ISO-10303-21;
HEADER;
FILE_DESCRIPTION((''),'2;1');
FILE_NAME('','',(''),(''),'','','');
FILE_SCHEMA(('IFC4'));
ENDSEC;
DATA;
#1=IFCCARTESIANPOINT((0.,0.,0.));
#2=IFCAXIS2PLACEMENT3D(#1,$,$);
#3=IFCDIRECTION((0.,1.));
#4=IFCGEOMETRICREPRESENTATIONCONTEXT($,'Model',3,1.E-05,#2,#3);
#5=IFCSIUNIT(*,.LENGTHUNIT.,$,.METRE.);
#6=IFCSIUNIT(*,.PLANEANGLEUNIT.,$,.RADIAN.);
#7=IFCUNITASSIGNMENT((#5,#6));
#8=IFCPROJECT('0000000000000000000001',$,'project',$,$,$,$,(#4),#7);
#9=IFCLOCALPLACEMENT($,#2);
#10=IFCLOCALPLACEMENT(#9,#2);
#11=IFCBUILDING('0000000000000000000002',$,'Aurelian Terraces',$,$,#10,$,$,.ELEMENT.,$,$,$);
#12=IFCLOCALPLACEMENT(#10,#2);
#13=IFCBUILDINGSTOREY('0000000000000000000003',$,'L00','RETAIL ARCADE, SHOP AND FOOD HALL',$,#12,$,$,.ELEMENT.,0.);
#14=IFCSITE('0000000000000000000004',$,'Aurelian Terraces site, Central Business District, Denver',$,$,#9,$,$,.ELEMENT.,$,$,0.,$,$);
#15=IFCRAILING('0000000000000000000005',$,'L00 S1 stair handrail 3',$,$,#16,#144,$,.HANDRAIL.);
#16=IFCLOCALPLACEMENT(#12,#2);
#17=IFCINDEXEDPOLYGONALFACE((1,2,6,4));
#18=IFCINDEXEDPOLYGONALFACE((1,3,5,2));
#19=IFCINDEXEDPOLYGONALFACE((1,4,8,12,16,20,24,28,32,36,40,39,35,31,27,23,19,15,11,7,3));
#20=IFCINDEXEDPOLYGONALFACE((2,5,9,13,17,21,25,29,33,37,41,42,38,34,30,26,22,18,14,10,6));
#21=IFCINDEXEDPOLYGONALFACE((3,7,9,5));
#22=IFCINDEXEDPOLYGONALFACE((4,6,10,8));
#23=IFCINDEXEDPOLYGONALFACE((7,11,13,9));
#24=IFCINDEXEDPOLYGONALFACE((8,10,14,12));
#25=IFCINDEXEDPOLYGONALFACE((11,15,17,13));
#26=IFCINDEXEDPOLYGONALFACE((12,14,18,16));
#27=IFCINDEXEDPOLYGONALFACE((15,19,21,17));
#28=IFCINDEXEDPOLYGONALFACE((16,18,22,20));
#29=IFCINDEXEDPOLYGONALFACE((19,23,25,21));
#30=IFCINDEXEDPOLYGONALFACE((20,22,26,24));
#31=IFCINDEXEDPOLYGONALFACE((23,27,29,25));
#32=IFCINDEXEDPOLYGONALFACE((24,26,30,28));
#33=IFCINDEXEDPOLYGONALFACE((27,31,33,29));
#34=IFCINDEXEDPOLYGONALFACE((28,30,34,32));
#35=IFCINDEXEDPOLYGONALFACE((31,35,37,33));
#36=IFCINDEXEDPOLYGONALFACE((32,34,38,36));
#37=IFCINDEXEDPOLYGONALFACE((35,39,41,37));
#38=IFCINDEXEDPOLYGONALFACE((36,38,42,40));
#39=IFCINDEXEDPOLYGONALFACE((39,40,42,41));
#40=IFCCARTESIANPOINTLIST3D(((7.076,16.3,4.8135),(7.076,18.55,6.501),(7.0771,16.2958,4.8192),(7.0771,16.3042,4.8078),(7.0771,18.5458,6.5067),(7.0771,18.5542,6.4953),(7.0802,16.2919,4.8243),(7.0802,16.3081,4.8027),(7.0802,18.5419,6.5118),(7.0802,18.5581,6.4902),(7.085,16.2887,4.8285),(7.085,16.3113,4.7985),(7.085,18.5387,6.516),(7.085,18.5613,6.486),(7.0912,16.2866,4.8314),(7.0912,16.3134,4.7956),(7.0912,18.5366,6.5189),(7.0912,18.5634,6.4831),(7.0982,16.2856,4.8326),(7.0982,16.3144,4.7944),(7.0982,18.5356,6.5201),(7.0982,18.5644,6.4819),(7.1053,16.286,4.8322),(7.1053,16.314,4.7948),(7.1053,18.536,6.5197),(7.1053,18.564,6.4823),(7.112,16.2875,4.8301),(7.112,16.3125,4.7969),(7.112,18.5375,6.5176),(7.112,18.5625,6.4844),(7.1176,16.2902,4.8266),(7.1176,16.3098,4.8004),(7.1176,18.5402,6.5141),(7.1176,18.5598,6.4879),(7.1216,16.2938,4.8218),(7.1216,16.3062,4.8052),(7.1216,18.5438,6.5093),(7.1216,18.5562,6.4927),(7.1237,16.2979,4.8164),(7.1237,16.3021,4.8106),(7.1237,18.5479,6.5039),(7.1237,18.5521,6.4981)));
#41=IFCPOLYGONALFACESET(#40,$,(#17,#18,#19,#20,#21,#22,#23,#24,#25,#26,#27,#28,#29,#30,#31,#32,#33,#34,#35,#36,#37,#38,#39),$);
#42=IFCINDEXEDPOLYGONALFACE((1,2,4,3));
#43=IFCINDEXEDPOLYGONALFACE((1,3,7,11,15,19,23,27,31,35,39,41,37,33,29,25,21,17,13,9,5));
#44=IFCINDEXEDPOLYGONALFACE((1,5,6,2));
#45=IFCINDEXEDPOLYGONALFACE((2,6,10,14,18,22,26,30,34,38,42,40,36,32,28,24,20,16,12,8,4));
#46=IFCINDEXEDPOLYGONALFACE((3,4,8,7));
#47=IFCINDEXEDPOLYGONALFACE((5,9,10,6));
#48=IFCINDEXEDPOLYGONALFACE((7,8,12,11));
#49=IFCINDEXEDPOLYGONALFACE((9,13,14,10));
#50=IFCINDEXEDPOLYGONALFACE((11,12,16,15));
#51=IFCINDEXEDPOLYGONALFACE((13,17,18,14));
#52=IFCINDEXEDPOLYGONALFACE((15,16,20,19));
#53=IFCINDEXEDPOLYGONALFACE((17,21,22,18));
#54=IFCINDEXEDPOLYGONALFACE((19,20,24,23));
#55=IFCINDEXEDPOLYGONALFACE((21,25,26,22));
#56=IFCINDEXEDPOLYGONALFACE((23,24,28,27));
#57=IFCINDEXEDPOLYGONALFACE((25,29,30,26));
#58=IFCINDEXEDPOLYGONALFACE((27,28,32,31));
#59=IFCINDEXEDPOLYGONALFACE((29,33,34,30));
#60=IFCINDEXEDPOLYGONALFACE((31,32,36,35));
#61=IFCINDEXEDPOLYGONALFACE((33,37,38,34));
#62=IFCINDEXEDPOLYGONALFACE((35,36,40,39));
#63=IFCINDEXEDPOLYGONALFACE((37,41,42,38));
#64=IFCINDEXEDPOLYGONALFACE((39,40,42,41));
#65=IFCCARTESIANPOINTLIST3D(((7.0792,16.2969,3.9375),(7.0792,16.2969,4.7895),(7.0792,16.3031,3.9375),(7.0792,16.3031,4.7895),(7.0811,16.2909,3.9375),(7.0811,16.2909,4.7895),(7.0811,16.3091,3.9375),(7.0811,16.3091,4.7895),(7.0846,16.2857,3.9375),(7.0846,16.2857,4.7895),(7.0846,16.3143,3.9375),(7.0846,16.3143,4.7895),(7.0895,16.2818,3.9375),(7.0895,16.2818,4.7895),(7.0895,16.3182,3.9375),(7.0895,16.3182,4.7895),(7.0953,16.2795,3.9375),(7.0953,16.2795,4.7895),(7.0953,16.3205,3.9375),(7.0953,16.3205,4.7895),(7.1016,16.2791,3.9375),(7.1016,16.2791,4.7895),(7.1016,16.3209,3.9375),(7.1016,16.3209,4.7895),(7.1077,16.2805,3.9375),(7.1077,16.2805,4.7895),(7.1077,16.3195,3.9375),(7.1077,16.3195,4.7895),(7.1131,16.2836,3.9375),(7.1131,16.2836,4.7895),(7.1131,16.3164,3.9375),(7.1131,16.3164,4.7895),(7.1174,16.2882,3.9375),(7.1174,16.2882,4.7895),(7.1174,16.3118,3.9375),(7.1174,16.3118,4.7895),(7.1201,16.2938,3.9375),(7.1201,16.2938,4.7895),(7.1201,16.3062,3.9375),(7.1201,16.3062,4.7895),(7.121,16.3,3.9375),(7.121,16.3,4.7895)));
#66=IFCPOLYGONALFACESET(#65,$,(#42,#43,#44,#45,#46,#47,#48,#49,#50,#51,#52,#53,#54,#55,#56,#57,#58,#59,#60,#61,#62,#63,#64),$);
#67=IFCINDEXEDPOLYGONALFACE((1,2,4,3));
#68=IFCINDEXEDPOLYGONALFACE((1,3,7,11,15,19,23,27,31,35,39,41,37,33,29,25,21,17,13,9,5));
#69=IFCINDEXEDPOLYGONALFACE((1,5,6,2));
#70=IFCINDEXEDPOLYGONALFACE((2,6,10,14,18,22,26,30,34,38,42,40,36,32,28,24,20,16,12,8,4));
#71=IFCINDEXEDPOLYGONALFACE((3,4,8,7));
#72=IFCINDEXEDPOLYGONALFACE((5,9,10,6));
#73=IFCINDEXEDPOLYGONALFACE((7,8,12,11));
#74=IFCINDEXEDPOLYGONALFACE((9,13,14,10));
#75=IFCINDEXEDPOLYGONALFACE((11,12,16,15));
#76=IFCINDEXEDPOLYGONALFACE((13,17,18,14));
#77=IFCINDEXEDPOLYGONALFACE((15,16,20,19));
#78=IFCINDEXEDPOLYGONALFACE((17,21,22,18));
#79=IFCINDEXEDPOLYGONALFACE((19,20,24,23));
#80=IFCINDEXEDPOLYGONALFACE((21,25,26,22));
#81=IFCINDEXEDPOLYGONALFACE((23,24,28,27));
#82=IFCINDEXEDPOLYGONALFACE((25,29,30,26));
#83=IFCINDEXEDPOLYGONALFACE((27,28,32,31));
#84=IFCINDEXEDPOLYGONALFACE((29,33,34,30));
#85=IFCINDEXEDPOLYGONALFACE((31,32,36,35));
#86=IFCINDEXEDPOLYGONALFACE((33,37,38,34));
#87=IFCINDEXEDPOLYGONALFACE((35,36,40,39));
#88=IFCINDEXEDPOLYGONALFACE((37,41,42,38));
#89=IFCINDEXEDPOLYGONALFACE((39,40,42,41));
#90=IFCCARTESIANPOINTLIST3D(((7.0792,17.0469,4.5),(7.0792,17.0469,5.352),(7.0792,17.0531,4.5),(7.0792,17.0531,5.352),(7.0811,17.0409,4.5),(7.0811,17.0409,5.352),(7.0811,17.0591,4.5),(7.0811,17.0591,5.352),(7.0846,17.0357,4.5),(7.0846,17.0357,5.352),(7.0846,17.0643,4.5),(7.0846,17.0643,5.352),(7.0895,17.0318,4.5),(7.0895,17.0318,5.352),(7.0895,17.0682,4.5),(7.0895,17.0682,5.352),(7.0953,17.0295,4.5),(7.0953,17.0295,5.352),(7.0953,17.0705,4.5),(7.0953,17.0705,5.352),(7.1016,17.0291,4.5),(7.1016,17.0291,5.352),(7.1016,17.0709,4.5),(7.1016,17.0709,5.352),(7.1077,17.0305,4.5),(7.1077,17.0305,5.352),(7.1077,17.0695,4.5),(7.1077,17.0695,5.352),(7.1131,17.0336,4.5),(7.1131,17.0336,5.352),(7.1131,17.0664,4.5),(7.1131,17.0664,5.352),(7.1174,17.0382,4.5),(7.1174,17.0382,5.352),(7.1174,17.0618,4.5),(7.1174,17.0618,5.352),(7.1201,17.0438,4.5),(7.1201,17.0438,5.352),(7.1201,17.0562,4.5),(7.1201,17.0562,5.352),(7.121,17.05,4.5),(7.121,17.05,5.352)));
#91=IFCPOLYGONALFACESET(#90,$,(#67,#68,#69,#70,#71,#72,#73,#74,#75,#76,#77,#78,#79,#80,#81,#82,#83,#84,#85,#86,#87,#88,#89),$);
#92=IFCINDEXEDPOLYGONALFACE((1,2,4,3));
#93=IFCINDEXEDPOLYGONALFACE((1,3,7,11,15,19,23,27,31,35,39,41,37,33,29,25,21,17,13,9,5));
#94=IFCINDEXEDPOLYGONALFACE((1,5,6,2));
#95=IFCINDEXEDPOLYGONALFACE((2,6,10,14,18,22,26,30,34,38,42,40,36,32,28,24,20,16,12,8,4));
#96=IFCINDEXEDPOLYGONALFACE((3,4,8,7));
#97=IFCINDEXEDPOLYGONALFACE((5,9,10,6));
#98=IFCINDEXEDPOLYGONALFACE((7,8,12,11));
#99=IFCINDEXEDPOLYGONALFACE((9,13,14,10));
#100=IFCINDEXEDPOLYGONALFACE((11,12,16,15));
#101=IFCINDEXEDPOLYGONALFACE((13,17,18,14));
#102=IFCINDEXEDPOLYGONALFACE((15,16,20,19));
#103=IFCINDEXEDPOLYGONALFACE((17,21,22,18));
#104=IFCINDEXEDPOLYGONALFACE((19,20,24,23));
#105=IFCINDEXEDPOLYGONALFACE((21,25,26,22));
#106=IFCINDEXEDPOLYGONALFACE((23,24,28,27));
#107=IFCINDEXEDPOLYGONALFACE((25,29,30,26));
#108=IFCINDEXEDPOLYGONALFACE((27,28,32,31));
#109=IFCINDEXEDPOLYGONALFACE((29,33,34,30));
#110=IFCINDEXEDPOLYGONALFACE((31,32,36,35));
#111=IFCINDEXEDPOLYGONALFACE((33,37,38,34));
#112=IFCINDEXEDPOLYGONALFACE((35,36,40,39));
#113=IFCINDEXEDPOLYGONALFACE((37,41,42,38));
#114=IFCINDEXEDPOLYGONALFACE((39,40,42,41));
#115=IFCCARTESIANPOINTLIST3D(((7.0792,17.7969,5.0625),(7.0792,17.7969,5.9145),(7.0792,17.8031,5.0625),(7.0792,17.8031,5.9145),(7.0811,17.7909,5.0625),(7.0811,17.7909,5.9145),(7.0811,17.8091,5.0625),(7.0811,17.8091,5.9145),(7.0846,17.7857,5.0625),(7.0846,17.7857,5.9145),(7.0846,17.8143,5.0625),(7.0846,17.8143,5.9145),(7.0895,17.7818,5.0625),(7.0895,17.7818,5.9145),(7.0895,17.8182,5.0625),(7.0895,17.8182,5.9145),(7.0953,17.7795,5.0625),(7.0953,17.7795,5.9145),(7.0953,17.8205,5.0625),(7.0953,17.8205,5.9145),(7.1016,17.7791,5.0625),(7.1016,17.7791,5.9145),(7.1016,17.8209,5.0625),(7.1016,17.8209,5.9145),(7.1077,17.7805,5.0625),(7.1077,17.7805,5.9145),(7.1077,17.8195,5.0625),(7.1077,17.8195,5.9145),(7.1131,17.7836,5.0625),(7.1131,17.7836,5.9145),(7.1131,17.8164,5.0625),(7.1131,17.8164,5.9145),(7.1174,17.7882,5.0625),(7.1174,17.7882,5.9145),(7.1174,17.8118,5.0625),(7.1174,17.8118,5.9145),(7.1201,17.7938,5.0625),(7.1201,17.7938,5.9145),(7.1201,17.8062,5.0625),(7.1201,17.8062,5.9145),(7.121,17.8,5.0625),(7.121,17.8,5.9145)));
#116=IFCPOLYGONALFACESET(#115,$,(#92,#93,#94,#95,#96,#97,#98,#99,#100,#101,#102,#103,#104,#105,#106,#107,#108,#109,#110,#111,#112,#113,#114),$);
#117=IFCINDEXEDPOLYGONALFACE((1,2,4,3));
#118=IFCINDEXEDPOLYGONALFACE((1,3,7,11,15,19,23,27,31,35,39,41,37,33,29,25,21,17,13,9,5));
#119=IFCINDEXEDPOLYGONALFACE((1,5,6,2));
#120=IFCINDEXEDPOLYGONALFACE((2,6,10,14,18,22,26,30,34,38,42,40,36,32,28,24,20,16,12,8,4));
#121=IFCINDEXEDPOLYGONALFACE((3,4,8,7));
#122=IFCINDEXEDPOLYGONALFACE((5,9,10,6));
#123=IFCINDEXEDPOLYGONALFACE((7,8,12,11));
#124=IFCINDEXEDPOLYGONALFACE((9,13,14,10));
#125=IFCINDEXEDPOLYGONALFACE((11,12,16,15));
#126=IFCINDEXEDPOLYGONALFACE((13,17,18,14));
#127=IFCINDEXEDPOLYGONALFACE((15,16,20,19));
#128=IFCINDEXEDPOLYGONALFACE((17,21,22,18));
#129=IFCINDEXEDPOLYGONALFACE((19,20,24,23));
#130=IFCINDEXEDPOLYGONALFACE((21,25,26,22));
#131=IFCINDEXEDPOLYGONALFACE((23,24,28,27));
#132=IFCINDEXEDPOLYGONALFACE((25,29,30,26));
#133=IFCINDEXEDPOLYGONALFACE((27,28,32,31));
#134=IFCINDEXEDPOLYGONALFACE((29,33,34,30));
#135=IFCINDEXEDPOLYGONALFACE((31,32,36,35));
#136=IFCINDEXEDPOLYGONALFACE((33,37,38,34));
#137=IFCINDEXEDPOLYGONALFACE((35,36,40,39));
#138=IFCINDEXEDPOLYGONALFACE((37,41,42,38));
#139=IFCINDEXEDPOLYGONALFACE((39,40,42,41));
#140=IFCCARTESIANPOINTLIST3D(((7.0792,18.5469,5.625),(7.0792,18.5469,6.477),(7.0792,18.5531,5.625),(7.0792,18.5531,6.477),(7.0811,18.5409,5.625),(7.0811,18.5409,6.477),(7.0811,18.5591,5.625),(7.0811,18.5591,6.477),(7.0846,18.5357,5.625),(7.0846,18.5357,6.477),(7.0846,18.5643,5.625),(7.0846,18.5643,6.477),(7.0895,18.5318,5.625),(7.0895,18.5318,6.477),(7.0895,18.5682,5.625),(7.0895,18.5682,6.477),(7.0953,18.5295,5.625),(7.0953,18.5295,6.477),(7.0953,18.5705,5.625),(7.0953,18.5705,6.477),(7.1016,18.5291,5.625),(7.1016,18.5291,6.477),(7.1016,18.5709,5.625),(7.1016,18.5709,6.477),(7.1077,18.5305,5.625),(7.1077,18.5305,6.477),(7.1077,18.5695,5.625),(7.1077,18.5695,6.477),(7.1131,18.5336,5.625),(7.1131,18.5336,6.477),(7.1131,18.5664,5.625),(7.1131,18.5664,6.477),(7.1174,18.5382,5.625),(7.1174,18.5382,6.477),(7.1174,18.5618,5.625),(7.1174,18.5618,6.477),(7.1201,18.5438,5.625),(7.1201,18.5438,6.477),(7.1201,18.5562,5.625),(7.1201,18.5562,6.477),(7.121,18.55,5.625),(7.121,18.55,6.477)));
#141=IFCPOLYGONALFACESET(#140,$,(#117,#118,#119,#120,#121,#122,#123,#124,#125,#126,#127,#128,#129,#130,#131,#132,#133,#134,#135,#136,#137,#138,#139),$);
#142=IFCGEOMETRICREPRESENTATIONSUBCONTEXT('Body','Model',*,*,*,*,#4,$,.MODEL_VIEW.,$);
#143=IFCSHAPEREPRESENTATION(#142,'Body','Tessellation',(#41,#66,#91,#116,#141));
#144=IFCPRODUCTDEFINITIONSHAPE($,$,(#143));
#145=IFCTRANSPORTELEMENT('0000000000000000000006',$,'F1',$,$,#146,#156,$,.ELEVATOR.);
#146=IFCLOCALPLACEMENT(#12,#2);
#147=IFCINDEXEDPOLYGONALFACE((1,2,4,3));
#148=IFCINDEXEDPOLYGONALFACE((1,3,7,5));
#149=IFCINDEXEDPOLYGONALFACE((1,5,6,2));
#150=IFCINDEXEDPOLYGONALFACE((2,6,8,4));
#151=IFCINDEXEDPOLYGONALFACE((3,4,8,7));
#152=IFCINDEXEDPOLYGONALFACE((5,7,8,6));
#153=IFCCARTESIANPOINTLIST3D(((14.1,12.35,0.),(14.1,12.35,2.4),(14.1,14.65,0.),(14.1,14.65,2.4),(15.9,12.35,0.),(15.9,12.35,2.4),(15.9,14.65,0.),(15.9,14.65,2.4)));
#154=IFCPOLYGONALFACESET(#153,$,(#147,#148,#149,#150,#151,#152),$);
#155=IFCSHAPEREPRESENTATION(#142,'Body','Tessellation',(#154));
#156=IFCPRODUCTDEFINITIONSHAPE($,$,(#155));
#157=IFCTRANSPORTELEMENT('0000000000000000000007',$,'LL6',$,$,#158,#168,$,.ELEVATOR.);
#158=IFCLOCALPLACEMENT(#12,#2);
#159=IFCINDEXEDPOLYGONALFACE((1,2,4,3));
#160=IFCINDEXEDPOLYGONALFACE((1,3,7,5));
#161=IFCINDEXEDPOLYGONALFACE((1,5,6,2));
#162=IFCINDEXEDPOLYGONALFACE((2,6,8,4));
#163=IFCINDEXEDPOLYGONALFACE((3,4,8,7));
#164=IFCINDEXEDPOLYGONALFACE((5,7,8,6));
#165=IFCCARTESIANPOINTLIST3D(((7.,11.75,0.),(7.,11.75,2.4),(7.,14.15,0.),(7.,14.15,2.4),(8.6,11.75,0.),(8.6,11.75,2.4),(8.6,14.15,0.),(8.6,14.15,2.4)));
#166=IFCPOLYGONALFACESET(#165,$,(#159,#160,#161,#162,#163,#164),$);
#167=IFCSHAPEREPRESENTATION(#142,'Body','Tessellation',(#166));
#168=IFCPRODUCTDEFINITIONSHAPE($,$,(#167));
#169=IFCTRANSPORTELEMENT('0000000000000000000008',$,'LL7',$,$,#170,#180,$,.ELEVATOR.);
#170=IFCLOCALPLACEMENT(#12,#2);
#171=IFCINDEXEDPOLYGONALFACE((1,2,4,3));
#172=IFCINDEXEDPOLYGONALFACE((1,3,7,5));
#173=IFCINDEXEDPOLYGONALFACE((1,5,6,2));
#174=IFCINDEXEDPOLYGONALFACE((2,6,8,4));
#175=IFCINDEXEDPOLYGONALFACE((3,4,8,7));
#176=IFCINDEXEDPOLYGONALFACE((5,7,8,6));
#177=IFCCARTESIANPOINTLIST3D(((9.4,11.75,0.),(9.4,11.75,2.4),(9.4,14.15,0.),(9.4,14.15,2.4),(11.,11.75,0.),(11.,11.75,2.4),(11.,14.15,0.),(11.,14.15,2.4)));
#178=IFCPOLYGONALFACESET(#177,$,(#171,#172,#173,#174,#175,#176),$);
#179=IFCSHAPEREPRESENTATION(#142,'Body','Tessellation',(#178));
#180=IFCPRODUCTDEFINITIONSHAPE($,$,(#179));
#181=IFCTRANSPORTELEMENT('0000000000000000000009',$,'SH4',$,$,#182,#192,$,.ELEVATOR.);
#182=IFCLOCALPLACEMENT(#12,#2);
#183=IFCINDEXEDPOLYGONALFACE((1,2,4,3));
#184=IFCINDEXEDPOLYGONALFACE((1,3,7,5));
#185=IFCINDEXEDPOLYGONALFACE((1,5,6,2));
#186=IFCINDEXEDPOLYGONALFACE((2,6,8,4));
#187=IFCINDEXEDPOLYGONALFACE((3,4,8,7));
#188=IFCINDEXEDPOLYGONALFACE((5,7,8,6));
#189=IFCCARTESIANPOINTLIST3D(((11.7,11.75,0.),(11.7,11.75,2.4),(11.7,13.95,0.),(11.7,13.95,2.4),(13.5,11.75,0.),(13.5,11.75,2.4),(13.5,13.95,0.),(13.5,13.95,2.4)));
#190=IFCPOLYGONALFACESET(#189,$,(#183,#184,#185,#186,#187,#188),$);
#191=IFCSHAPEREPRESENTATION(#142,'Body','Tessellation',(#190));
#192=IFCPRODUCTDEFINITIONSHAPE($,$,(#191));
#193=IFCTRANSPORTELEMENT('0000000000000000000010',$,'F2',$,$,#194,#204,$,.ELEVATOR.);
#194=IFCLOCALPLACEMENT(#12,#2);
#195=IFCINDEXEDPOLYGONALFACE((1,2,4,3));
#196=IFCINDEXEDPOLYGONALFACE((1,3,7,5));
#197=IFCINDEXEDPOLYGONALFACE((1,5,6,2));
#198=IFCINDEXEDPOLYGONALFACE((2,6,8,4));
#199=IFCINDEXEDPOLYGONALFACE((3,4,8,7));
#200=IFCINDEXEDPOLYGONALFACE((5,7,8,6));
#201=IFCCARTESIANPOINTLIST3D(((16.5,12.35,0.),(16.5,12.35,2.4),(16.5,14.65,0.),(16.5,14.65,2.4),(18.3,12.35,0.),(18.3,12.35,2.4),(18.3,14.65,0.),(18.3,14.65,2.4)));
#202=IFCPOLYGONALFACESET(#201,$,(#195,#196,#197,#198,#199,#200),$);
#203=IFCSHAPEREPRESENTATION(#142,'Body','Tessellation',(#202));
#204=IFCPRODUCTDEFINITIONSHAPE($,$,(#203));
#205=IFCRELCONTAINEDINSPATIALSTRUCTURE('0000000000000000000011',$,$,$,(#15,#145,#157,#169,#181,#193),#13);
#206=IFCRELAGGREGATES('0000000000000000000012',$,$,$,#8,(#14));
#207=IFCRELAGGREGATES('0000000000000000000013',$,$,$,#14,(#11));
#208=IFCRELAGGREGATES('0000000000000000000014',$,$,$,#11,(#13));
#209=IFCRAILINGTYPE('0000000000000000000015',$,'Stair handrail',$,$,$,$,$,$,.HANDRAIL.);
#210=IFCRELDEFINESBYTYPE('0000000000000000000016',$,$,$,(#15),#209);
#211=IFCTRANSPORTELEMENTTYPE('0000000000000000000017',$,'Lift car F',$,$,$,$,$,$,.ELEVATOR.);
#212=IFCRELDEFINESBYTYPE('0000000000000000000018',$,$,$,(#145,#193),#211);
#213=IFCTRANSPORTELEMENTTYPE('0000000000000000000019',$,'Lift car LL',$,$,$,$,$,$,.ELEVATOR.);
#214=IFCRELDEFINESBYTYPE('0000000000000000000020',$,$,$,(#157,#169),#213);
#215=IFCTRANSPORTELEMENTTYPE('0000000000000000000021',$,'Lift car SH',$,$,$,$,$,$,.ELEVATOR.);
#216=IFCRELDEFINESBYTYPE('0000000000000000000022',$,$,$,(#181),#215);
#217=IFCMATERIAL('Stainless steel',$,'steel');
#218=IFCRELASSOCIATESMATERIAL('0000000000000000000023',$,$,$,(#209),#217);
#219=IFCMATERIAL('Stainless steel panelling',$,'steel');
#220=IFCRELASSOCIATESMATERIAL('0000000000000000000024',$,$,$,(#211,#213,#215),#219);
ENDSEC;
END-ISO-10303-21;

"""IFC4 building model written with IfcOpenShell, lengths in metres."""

from ifc_helpers import new_model, si_unit, direction, frame, origin, origin_2d, place, context, subcontext, project, spatial, rectangle, circle, extrude, source, transform, mapped, material, type_object, element, save


model = new_model("IFC4")

# Units and contexts
model_context = context("Model", 3, precision=1e-05, world=origin(), true_north=direction((0.0, 1.0)))
body_context = subcontext(model_context, "Body", "Model", "MODEL_VIEW")
ifc_project = project(units=[si_unit("LENGTHUNIT", "METRE"), si_unit("PLANEANGLEUNIT", "RADIAN")], contexts=[model_context])

# Site, building, storey
site_placement = place(None, origin())
site = spatial("IfcSite", under=ifc_project, at=site_placement, Name="Aurelian Terraces site, Central Business District, Denver", CompositionType="ELEMENT", RefElevation=0.0)
building_placement = place(site_placement, origin())
building = spatial("IfcBuilding", under=site, at=building_placement, Name="Aurelian Terraces", CompositionType="ELEMENT")
storey_placement = place(building_placement, origin())
storey = spatial("IfcBuildingStorey", under=building, at=storey_placement, Name="L00", Description="RETAIL ARCADE, SHOP AND FOOD HALL", CompositionType="ELEMENT", Elevation=0.0)

# Railing
ifc_material_1 = material(Name="Stainless steel", Category="steel")
railing_type = type_object("IfcRailingType", Name="Stair handrail", PredefinedType="HANDRAIL", material=ifc_material_1)
shared_shape_1 = source(origin(), body_context, "Body", "SweptSolid", [
    extrude(circle(Radius=0.024, at=origin_2d()), frame((0.0, 0.0, 0.876), z_axis=(0.0, 0.8, 0.6), x_axis=(-1.0, 0.0, 0.0)), (0.0, 0.0, 1.0), 2.8125),
    extrude(circle(Radius=0.021, at=origin_2d()), origin(), (0.0, 0.0, 1.0), 0.852),
    extrude(circle(Radius=0.021, at=origin_2d()), frame((0.0, 0.75, 0.5625)), (0.0, 0.0, 1.0), 0.852),
    extrude(circle(Radius=0.021, at=origin_2d()), frame((0.0, 1.5, 1.125)), (0.0, 0.0, 1.0), 0.852),
    extrude(circle(Radius=0.021, at=origin_2d()), frame((0.0, 2.25, 1.6875)), (0.0, 0.0, 1.0), 0.852),
])
railing_1_placement = place(storey_placement, frame((7.1, 16.3, 3.9375)))
element("IfcRailing", 1, at=railing_1_placement, inside=storey, type_object=railing_type, Name="L00 S1 stair handrail 3", PredefinedType="HANDRAIL", context=body_context, shape_type="MappedRepresentation", body=[
    mapped(shared_shape_1, transform((0.0, 0.0, 0.0), scale=1.0)),
])

# Transport elements
ifc_material_2 = material(Name="Stainless steel panelling", Category="steel")
transport_element_type_1 = type_object("IfcTransportElementType", Name="Lift car F", PredefinedType="ELEVATOR", material=ifc_material_2)
transport_element_1_placement = place(storey_placement, frame((15.0, 13.5, 0.0), z_axis=(0.0, 0.0, 1.0), x_axis=(1.0, 0.0, 0.0)))
element("IfcTransportElement", 2, at=transport_element_1_placement, inside=storey, type_object=transport_element_type_1, Name="F1", PredefinedType="ELEVATOR", context=body_context, shape_type="SweptSolid", body=[
    extrude(rectangle(XDim=1.8, YDim=2.3, at=origin_2d()), origin(), (0.0, 0.0, 1.0), 2.4),
])
transport_element_type_2 = type_object("IfcTransportElementType", Name="Lift car LL", PredefinedType="ELEVATOR", material=ifc_material_2)
shared_shape_2 = source(origin(), body_context, "Body", "SweptSolid", [
    extrude(rectangle(XDim=1.6, YDim=2.4, at=origin_2d()), origin(), (0.0, 0.0, 1.0), 2.4),
])
for number, where, z_axis, x_axis, name in (
    (3, (7.8, 12.95, 0.0), (0.0, 0.0, 1.0), (1.0, 0.0, 0.0), "LL6"),
    (4, (10.2, 12.95, 0.0), (0.0, 0.0, 1.0), (1.0, 0.0, 0.0), "LL7"),
):
    element("IfcTransportElement", number, at=place(storey_placement, frame(where, z_axis=z_axis, x_axis=x_axis)), inside=storey, type_object=transport_element_type_2, Name=name, PredefinedType="ELEVATOR", context=body_context, shape_type="MappedRepresentation", body=[
        mapped(shared_shape_2, transform((0.0, 0.0, 0.0), scale=1.0)),
    ])
transport_element_type_3 = type_object("IfcTransportElementType", Name="Lift car SH", PredefinedType="ELEVATOR", material=ifc_material_2)
shared_shape_3 = source(origin(), body_context, "Body", "SweptSolid", [
    extrude(rectangle(XDim=1.8, YDim=2.2, at=origin_2d()), origin(), (0.0, 0.0, 1.0), 2.4),
])
transport_element_2_placement = place(storey_placement, frame((12.6, 12.85, 0.0), z_axis=(0.0, 0.0, 1.0), x_axis=(1.0, 0.0, 0.0)))
element("IfcTransportElement", 5, at=transport_element_2_placement, inside=storey, type_object=transport_element_type_3, Name="SH4", PredefinedType="ELEVATOR", context=body_context, shape_type="MappedRepresentation", body=[
    mapped(shared_shape_3, transform((0.0, 0.0, 0.0), scale=1.0)),
])
shared_shape_4 = source(origin(), body_context, "Body", "SweptSolid", [
    extrude(rectangle(XDim=1.8, YDim=2.3, at=origin_2d()), origin(), (0.0, 0.0, 1.0), 2.4),
])
transport_element_3_placement = place(storey_placement, frame((17.4, 13.5, 0.0), z_axis=(0.0, 0.0, 1.0), x_axis=(1.0, 0.0, 0.0)))
element("IfcTransportElement", 6, at=transport_element_3_placement, inside=storey, type_object=transport_element_type_1, Name="F2", PredefinedType="ELEVATOR", context=body_context, shape_type="MappedRepresentation", body=[
    mapped(shared_shape_4, transform((0.0, 0.0, 0.0), scale=1.0)),
])

save(model, "model.ifc")
